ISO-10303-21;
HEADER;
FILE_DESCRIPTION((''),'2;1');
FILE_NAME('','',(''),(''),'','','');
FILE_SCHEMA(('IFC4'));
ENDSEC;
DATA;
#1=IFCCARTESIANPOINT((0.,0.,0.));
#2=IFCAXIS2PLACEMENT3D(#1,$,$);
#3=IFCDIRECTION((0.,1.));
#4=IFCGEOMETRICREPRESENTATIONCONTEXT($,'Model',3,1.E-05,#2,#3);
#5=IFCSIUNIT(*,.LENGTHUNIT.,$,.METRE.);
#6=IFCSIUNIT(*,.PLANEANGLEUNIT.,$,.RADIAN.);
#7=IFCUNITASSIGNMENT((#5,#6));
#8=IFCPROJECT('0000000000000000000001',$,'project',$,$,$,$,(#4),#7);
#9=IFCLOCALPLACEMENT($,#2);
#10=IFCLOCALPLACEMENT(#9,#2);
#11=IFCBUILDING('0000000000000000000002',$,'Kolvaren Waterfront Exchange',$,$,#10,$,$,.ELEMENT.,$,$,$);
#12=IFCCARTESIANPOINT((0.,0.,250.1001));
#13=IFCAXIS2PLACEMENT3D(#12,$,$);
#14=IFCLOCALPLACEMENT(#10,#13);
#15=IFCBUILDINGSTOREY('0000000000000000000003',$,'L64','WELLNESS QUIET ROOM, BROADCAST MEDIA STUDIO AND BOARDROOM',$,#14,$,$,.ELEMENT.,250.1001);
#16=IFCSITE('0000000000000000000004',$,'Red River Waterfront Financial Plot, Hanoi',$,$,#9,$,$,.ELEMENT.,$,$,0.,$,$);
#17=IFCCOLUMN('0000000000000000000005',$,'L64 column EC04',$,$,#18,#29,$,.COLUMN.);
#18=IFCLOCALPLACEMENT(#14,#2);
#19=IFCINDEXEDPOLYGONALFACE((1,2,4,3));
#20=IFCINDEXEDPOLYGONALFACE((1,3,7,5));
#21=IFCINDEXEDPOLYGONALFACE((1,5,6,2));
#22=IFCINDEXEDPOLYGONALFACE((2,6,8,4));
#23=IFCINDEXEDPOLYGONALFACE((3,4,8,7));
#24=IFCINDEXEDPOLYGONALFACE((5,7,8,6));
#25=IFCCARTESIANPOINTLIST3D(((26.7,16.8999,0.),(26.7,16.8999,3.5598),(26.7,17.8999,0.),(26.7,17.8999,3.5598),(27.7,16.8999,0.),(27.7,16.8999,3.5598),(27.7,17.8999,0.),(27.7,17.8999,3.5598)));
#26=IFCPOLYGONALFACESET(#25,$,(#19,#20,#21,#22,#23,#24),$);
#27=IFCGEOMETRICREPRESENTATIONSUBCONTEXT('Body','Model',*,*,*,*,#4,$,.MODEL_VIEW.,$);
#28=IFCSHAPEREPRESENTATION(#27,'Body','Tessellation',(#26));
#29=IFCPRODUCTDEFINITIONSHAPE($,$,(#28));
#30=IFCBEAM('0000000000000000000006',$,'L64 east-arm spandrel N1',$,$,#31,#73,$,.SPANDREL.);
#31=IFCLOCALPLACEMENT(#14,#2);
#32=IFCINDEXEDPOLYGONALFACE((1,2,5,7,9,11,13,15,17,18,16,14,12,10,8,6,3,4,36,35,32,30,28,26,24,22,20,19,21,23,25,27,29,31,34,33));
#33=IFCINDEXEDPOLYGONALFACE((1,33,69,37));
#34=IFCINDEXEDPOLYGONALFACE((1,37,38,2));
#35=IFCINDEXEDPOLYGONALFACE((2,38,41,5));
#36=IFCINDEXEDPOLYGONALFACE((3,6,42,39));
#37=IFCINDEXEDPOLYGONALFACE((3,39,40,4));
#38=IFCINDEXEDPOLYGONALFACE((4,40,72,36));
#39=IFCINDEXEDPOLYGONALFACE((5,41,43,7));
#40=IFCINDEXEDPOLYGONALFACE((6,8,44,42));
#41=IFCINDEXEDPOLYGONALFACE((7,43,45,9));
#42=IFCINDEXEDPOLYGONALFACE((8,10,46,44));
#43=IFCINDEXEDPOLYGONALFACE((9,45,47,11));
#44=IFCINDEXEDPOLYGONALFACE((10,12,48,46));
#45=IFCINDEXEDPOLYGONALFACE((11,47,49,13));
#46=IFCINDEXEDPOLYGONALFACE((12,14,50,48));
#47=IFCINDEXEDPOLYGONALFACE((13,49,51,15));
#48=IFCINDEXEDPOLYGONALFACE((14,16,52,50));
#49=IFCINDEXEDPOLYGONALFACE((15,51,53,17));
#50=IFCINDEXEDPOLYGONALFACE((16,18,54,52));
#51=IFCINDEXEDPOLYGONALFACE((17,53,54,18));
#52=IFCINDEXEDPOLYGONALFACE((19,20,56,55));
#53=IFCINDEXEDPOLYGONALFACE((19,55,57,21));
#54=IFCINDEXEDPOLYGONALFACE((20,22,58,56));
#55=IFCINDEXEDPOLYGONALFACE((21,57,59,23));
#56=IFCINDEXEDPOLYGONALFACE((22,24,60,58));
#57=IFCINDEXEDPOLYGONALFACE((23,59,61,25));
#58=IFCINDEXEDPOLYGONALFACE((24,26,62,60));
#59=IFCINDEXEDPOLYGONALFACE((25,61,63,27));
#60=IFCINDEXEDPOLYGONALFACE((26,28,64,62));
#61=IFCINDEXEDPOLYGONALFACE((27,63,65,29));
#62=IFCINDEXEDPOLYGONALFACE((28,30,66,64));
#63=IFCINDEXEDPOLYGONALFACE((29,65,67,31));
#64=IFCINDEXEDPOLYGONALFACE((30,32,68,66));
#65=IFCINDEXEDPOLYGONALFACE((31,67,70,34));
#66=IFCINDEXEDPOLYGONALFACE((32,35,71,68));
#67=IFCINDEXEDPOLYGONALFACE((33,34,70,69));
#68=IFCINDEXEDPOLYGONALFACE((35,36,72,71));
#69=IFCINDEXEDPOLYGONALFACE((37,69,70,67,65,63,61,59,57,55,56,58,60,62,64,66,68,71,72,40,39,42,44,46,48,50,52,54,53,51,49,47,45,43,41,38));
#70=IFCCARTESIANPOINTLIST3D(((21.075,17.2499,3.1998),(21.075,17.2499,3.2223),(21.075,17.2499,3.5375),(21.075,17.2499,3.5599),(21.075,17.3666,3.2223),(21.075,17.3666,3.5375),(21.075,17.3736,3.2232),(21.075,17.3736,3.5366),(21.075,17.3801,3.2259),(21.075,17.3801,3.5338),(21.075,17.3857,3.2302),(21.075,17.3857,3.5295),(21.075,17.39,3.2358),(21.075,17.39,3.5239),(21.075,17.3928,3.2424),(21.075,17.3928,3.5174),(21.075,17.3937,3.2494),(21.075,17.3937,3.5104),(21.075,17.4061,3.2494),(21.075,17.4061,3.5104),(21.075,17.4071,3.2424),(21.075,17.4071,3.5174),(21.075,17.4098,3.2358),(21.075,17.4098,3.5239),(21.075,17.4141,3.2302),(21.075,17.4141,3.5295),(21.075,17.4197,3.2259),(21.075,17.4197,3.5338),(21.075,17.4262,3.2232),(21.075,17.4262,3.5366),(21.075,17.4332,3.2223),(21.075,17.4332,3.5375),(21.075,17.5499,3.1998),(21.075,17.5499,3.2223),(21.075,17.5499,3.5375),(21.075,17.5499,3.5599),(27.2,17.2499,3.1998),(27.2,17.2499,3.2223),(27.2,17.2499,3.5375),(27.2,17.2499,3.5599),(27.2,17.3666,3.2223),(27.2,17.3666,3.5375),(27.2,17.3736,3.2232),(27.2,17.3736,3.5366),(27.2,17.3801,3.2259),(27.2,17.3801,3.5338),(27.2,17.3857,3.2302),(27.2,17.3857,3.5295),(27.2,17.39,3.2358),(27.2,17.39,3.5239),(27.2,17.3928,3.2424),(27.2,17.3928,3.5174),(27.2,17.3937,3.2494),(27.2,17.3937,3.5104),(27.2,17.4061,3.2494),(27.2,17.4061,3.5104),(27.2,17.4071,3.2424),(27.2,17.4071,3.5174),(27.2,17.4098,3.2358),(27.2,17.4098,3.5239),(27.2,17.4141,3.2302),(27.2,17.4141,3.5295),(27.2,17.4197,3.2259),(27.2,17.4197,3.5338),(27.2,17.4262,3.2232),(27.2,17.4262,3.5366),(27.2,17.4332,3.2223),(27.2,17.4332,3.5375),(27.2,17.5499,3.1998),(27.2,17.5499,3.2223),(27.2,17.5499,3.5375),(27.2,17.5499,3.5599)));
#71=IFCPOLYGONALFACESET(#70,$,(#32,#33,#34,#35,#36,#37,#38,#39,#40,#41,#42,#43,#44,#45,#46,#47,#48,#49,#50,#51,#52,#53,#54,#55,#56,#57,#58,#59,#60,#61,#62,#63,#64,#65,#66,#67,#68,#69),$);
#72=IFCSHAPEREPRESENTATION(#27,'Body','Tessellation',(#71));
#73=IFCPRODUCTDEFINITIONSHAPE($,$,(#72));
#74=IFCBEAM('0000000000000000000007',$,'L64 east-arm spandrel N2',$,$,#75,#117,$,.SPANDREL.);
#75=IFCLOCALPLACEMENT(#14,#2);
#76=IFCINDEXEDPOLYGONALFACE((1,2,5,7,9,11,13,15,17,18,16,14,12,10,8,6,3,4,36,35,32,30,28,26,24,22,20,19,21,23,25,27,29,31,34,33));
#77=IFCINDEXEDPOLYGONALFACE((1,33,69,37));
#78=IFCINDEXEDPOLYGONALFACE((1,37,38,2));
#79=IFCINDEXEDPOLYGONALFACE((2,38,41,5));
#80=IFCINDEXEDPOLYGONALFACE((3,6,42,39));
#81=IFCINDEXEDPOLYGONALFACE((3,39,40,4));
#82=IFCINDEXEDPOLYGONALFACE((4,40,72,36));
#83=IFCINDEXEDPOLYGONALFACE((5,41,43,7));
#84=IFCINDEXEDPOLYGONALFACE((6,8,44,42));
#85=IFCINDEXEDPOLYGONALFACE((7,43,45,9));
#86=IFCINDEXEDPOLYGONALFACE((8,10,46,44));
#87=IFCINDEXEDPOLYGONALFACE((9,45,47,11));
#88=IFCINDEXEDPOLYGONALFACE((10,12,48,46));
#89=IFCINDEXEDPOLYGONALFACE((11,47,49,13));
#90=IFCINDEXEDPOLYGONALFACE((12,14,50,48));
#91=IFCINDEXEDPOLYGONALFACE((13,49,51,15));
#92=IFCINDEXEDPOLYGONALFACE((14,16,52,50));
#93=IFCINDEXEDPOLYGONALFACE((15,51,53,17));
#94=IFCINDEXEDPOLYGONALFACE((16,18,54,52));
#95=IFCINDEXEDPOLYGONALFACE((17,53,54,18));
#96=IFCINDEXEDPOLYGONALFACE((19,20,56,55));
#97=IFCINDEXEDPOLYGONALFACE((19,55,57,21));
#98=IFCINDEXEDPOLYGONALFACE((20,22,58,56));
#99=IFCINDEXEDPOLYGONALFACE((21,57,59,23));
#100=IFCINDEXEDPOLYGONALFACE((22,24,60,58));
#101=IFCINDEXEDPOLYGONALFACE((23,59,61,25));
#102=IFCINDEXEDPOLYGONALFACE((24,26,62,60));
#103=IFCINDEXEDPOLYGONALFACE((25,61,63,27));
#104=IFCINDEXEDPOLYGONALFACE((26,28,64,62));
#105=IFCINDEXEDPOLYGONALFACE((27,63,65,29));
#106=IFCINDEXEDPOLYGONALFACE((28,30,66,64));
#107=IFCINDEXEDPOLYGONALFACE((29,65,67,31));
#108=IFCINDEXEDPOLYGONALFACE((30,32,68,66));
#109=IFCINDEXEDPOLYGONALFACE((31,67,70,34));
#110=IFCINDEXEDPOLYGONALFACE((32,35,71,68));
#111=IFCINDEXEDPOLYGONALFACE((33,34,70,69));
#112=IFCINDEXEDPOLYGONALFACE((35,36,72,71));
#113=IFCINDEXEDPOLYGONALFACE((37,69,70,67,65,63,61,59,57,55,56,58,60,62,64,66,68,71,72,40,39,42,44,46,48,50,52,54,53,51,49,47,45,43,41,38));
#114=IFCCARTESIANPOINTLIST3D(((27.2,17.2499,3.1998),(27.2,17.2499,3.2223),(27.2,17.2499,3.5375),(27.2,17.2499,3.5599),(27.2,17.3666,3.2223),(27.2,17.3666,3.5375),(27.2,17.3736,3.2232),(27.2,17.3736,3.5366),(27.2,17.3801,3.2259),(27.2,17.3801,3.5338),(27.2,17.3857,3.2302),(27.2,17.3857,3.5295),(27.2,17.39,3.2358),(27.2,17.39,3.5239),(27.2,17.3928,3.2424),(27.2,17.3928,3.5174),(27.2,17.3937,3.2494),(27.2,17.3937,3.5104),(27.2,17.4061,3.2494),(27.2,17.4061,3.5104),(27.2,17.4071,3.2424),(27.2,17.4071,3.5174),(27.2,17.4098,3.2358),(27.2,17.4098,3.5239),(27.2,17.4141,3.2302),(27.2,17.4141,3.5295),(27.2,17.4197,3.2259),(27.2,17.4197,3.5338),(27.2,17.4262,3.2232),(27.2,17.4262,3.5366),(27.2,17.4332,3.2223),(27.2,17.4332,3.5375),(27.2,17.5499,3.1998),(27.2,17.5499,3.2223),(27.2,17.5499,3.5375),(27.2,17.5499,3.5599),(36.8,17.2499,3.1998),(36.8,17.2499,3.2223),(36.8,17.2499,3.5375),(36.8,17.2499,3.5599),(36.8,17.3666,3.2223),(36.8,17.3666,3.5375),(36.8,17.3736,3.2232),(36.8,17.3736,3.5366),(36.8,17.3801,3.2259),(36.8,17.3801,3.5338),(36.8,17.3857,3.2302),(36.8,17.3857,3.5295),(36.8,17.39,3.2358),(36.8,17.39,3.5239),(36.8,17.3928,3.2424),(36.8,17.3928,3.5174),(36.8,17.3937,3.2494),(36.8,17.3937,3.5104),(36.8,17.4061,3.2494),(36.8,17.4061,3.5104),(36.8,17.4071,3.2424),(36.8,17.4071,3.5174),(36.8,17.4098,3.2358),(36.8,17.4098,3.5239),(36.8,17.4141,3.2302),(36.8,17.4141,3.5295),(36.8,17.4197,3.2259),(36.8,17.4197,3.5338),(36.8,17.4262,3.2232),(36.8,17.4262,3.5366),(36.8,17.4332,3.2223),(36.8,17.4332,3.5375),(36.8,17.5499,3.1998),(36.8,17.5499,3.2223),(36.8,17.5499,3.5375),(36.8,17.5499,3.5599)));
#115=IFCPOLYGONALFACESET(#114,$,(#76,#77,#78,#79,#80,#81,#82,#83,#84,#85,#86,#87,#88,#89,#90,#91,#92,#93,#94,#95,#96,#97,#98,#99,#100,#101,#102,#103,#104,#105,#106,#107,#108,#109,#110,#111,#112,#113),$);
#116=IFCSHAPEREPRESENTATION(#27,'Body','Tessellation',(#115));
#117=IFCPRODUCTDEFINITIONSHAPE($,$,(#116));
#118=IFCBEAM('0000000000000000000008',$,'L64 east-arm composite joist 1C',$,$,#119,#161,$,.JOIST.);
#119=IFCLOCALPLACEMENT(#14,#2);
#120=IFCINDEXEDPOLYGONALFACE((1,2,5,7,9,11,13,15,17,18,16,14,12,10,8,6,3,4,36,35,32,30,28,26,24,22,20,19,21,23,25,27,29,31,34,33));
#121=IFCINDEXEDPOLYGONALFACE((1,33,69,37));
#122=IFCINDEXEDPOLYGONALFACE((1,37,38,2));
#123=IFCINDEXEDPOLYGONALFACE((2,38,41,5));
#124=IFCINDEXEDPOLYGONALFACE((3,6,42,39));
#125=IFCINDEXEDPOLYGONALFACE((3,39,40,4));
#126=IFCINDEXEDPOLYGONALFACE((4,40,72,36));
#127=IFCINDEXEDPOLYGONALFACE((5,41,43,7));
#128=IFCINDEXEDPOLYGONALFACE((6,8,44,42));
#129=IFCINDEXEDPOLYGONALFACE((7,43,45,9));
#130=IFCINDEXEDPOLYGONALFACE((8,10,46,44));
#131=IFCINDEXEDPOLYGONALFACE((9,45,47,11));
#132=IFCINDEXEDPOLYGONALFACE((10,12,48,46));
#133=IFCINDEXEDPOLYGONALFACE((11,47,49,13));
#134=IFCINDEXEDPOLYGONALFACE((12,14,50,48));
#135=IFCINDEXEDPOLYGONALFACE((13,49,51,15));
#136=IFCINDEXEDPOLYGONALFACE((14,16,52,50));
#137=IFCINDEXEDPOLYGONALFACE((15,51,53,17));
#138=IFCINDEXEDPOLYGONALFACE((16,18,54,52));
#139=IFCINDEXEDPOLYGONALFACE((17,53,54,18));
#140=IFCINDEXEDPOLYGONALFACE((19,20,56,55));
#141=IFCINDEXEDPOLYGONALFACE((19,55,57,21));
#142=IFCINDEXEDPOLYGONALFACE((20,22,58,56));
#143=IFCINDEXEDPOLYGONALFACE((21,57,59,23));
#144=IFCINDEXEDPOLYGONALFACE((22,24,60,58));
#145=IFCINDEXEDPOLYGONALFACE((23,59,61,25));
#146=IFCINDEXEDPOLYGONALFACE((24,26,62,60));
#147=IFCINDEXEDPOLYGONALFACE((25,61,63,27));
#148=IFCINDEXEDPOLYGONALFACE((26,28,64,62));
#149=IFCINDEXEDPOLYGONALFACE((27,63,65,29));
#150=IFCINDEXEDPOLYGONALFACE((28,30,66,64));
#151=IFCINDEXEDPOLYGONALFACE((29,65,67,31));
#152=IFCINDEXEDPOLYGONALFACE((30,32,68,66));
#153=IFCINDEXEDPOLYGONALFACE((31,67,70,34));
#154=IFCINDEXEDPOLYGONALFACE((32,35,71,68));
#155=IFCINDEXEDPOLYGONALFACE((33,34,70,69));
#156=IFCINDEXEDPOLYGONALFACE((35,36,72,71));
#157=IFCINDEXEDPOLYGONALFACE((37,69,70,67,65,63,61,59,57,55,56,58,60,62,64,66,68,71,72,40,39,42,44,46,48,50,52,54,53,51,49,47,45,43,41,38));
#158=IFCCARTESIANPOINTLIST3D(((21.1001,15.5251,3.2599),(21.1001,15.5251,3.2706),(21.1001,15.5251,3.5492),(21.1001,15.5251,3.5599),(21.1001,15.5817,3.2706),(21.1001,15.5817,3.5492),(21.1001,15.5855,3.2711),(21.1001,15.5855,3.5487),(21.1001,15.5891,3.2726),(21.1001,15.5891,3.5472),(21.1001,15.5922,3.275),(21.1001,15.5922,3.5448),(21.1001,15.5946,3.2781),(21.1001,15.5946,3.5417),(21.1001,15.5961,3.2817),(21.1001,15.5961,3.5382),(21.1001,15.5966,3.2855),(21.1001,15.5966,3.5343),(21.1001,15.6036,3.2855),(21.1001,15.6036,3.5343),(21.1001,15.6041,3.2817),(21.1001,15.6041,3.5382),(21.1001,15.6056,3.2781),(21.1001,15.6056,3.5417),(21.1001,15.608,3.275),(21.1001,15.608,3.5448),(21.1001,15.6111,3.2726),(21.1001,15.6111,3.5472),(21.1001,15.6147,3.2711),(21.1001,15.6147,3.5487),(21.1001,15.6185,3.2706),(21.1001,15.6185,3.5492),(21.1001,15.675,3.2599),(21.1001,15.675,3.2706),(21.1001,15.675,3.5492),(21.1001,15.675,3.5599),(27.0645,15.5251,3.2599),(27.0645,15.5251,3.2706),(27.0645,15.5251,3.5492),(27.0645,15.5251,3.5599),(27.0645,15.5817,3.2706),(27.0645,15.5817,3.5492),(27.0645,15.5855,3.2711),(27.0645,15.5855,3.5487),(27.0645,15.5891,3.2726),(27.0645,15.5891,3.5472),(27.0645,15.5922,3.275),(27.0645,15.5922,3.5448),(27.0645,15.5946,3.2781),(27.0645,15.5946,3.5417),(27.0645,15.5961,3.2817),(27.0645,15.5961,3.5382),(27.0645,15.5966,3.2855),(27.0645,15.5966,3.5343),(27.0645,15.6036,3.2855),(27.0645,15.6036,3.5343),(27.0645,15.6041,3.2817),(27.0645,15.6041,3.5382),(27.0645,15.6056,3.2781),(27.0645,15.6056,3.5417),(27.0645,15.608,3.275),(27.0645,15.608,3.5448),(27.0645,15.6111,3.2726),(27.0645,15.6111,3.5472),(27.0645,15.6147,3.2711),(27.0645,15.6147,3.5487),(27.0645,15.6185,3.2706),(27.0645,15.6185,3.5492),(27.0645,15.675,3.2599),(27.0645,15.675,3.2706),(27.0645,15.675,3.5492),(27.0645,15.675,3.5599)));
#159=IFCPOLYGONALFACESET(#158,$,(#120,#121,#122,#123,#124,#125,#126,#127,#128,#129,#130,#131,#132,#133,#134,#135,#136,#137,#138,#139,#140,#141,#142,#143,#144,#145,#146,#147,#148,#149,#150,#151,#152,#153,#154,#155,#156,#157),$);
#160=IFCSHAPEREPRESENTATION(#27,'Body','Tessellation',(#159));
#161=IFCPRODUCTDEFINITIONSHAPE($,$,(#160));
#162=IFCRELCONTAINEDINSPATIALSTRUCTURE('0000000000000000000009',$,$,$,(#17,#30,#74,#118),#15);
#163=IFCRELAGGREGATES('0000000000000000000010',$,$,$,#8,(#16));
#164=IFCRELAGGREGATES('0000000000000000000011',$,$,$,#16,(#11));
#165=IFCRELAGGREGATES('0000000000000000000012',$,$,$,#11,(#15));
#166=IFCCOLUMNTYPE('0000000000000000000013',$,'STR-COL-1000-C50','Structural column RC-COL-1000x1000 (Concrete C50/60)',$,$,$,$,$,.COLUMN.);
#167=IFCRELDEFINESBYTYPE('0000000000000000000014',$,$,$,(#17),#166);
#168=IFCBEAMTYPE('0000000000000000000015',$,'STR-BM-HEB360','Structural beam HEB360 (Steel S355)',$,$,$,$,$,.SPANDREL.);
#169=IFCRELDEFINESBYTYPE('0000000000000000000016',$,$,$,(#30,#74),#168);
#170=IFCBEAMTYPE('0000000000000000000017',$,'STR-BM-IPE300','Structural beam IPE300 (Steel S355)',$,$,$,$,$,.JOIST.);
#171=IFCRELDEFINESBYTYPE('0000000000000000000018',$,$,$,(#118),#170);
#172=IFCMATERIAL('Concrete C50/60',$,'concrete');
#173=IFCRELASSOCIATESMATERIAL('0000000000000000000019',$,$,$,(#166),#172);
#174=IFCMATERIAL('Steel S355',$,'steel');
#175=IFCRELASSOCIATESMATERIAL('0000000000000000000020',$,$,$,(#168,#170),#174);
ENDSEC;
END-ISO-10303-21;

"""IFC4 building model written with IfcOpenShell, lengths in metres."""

from ifc_helpers import new_model, si_unit, direction, frame, origin, origin_2d, place, context, subcontext, project, spatial, rectangle, i_section, extrude, material, material_profile, profile_set, type_object, element, save


model = new_model("IFC4")

# Units and contexts
model_context = context("Model", 3, precision=1e-05, world=origin(), true_north=direction((0.0, 1.0)))
body_context = subcontext(model_context, "Body", "Model", "MODEL_VIEW")
ifc_project = project(units=[si_unit("LENGTHUNIT", "METRE"), si_unit("PLANEANGLEUNIT", "RADIAN")], contexts=[model_context])

# Site, building, storey
site_placement = place(None, origin())
site = spatial("IfcSite", under=ifc_project, at=site_placement, Name="Red River Waterfront Financial Plot, Hanoi", CompositionType="ELEMENT", RefElevation=0.0)
building_placement = place(site_placement, origin())
building = spatial("IfcBuilding", under=site, at=building_placement, Name="Kolvaren Waterfront Exchange", CompositionType="ELEMENT")
storey_placement = place(building_placement, frame((0.0, 0.0, 250.1001)))
storey = spatial("IfcBuildingStorey", under=building, at=storey_placement, Name="L64", Description="WELLNESS QUIET ROOM, BROADCAST MEDIA STUDIO AND BOARDROOM", CompositionType="ELEMENT", Elevation=250.1001)

# Column
ifc_material_1 = material(Name="Concrete C50/60", Category="concrete")
ifc_material_profile_1 = material_profile(ifc_material_1, rectangle(XDim=1.0, YDim=1.0, at=origin_2d()), Name="RC-COL-1000x1000")
ifc_profile_set_1 = profile_set([ifc_material_profile_1], Name="Concrete C50/60")
column_type = type_object("IfcColumnType", Name="STR-COL-1000-C50", Description="Structural column RC-COL-1000x1000 (Concrete C50/60)", PredefinedType="COLUMN", material=ifc_profile_set_1)
column_placement = place(storey_placement, frame((27.2, 17.3999, 0.0), z_axis=(0.0, 0.0, 1.0), x_axis=(1.0, 0.0, 0.0)))
element("IfcColumn", 1, at=column_placement, inside=storey, type_object=column_type, Name="L64 column EC04", PredefinedType="COLUMN", context=body_context, shape_type="SweptSolid", body=[
    extrude(rectangle(XDim=1.0, YDim=1.0, at=origin_2d()), origin(), (0.0, 0.0, 1.0), 3.5598),
])

# Beams
ifc_material_2 = material(Name="Steel S355", Category="steel")
ifc_material_profile_2 = material_profile(ifc_material_2, i_section(OverallWidth=0.3, OverallDepth=0.3601, WebThickness=0.0125, FlangeThickness=0.0225, FilletRadius=0.0271, at=origin_2d()), Name="HEB360")
ifc_profile_set_2 = profile_set([ifc_material_profile_2], Name="Steel S355")
beam_type_1 = type_object("IfcBeamType", Name="STR-BM-HEB360", Description="Structural beam HEB360 (Steel S355)", PredefinedType="SPANDREL", material=ifc_profile_set_2)
beam_1_placement = place(storey_placement, frame((21.075, 17.3999, 3.3799), z_axis=(1.0, 0.0, 0.0), x_axis=(0.0, 1.0, 0.0)))
element("IfcBeam", 2, at=beam_1_placement, inside=storey, type_object=beam_type_1, Name="L64 east-arm spandrel N1", PredefinedType="SPANDREL", context=body_context, shape_type="SweptSolid", body=[
    extrude(i_section(OverallWidth=0.3, OverallDepth=0.3601, WebThickness=0.0125, FlangeThickness=0.0225, FilletRadius=0.0271, at=origin_2d()), origin(), (0.0, 0.0, 1.0), 6.125),
])
beam_2_placement = place(storey_placement, frame((27.2, 17.3999, 3.3799), z_axis=(1.0, 0.0, 0.0), x_axis=(0.0, 1.0, 0.0)))
element("IfcBeam", 3, at=beam_2_placement, inside=storey, type_object=beam_type_1, Name="L64 east-arm spandrel N2", PredefinedType="SPANDREL", context=body_context, shape_type="SweptSolid", body=[
    extrude(i_section(OverallWidth=0.3, OverallDepth=0.3601, WebThickness=0.0125, FlangeThickness=0.0225, FilletRadius=0.0271, at=origin_2d()), origin(), (0.0, 0.0, 1.0), 9.6001),
])
ifc_material_profile_3 = material_profile(ifc_material_2, i_section(OverallWidth=0.1499, OverallDepth=0.3, WebThickness=0.0071, FlangeThickness=0.0107, FilletRadius=0.0149, at=origin_2d()), Name="IPE300")
ifc_profile_set_3 = profile_set([ifc_material_profile_3], Name="Steel S355")
beam_type_2 = type_object("IfcBeamType", Name="STR-BM-IPE300", Description="Structural beam IPE300 (Steel S355)", PredefinedType="JOIST", material=ifc_profile_set_3)
beam_3_placement = place(storey_placement, frame((21.1001, 15.6001, 3.4099), z_axis=(1.0, 0.0, 0.0), x_axis=(0.0, 1.0, 0.0)))
element("IfcBeam", 4, at=beam_3_placement, inside=storey, type_object=beam_type_2, Name="L64 east-arm composite joist 1C", PredefinedType="JOIST", context=body_context, shape_type="SweptSolid", body=[
    extrude(i_section(OverallWidth=0.1499, OverallDepth=0.3, WebThickness=0.0071, FlangeThickness=0.0107, FilletRadius=0.0149, at=origin_2d()), origin(), (0.0, 0.0, 1.0), 5.9644),
])

save(model, "model.ifc")
